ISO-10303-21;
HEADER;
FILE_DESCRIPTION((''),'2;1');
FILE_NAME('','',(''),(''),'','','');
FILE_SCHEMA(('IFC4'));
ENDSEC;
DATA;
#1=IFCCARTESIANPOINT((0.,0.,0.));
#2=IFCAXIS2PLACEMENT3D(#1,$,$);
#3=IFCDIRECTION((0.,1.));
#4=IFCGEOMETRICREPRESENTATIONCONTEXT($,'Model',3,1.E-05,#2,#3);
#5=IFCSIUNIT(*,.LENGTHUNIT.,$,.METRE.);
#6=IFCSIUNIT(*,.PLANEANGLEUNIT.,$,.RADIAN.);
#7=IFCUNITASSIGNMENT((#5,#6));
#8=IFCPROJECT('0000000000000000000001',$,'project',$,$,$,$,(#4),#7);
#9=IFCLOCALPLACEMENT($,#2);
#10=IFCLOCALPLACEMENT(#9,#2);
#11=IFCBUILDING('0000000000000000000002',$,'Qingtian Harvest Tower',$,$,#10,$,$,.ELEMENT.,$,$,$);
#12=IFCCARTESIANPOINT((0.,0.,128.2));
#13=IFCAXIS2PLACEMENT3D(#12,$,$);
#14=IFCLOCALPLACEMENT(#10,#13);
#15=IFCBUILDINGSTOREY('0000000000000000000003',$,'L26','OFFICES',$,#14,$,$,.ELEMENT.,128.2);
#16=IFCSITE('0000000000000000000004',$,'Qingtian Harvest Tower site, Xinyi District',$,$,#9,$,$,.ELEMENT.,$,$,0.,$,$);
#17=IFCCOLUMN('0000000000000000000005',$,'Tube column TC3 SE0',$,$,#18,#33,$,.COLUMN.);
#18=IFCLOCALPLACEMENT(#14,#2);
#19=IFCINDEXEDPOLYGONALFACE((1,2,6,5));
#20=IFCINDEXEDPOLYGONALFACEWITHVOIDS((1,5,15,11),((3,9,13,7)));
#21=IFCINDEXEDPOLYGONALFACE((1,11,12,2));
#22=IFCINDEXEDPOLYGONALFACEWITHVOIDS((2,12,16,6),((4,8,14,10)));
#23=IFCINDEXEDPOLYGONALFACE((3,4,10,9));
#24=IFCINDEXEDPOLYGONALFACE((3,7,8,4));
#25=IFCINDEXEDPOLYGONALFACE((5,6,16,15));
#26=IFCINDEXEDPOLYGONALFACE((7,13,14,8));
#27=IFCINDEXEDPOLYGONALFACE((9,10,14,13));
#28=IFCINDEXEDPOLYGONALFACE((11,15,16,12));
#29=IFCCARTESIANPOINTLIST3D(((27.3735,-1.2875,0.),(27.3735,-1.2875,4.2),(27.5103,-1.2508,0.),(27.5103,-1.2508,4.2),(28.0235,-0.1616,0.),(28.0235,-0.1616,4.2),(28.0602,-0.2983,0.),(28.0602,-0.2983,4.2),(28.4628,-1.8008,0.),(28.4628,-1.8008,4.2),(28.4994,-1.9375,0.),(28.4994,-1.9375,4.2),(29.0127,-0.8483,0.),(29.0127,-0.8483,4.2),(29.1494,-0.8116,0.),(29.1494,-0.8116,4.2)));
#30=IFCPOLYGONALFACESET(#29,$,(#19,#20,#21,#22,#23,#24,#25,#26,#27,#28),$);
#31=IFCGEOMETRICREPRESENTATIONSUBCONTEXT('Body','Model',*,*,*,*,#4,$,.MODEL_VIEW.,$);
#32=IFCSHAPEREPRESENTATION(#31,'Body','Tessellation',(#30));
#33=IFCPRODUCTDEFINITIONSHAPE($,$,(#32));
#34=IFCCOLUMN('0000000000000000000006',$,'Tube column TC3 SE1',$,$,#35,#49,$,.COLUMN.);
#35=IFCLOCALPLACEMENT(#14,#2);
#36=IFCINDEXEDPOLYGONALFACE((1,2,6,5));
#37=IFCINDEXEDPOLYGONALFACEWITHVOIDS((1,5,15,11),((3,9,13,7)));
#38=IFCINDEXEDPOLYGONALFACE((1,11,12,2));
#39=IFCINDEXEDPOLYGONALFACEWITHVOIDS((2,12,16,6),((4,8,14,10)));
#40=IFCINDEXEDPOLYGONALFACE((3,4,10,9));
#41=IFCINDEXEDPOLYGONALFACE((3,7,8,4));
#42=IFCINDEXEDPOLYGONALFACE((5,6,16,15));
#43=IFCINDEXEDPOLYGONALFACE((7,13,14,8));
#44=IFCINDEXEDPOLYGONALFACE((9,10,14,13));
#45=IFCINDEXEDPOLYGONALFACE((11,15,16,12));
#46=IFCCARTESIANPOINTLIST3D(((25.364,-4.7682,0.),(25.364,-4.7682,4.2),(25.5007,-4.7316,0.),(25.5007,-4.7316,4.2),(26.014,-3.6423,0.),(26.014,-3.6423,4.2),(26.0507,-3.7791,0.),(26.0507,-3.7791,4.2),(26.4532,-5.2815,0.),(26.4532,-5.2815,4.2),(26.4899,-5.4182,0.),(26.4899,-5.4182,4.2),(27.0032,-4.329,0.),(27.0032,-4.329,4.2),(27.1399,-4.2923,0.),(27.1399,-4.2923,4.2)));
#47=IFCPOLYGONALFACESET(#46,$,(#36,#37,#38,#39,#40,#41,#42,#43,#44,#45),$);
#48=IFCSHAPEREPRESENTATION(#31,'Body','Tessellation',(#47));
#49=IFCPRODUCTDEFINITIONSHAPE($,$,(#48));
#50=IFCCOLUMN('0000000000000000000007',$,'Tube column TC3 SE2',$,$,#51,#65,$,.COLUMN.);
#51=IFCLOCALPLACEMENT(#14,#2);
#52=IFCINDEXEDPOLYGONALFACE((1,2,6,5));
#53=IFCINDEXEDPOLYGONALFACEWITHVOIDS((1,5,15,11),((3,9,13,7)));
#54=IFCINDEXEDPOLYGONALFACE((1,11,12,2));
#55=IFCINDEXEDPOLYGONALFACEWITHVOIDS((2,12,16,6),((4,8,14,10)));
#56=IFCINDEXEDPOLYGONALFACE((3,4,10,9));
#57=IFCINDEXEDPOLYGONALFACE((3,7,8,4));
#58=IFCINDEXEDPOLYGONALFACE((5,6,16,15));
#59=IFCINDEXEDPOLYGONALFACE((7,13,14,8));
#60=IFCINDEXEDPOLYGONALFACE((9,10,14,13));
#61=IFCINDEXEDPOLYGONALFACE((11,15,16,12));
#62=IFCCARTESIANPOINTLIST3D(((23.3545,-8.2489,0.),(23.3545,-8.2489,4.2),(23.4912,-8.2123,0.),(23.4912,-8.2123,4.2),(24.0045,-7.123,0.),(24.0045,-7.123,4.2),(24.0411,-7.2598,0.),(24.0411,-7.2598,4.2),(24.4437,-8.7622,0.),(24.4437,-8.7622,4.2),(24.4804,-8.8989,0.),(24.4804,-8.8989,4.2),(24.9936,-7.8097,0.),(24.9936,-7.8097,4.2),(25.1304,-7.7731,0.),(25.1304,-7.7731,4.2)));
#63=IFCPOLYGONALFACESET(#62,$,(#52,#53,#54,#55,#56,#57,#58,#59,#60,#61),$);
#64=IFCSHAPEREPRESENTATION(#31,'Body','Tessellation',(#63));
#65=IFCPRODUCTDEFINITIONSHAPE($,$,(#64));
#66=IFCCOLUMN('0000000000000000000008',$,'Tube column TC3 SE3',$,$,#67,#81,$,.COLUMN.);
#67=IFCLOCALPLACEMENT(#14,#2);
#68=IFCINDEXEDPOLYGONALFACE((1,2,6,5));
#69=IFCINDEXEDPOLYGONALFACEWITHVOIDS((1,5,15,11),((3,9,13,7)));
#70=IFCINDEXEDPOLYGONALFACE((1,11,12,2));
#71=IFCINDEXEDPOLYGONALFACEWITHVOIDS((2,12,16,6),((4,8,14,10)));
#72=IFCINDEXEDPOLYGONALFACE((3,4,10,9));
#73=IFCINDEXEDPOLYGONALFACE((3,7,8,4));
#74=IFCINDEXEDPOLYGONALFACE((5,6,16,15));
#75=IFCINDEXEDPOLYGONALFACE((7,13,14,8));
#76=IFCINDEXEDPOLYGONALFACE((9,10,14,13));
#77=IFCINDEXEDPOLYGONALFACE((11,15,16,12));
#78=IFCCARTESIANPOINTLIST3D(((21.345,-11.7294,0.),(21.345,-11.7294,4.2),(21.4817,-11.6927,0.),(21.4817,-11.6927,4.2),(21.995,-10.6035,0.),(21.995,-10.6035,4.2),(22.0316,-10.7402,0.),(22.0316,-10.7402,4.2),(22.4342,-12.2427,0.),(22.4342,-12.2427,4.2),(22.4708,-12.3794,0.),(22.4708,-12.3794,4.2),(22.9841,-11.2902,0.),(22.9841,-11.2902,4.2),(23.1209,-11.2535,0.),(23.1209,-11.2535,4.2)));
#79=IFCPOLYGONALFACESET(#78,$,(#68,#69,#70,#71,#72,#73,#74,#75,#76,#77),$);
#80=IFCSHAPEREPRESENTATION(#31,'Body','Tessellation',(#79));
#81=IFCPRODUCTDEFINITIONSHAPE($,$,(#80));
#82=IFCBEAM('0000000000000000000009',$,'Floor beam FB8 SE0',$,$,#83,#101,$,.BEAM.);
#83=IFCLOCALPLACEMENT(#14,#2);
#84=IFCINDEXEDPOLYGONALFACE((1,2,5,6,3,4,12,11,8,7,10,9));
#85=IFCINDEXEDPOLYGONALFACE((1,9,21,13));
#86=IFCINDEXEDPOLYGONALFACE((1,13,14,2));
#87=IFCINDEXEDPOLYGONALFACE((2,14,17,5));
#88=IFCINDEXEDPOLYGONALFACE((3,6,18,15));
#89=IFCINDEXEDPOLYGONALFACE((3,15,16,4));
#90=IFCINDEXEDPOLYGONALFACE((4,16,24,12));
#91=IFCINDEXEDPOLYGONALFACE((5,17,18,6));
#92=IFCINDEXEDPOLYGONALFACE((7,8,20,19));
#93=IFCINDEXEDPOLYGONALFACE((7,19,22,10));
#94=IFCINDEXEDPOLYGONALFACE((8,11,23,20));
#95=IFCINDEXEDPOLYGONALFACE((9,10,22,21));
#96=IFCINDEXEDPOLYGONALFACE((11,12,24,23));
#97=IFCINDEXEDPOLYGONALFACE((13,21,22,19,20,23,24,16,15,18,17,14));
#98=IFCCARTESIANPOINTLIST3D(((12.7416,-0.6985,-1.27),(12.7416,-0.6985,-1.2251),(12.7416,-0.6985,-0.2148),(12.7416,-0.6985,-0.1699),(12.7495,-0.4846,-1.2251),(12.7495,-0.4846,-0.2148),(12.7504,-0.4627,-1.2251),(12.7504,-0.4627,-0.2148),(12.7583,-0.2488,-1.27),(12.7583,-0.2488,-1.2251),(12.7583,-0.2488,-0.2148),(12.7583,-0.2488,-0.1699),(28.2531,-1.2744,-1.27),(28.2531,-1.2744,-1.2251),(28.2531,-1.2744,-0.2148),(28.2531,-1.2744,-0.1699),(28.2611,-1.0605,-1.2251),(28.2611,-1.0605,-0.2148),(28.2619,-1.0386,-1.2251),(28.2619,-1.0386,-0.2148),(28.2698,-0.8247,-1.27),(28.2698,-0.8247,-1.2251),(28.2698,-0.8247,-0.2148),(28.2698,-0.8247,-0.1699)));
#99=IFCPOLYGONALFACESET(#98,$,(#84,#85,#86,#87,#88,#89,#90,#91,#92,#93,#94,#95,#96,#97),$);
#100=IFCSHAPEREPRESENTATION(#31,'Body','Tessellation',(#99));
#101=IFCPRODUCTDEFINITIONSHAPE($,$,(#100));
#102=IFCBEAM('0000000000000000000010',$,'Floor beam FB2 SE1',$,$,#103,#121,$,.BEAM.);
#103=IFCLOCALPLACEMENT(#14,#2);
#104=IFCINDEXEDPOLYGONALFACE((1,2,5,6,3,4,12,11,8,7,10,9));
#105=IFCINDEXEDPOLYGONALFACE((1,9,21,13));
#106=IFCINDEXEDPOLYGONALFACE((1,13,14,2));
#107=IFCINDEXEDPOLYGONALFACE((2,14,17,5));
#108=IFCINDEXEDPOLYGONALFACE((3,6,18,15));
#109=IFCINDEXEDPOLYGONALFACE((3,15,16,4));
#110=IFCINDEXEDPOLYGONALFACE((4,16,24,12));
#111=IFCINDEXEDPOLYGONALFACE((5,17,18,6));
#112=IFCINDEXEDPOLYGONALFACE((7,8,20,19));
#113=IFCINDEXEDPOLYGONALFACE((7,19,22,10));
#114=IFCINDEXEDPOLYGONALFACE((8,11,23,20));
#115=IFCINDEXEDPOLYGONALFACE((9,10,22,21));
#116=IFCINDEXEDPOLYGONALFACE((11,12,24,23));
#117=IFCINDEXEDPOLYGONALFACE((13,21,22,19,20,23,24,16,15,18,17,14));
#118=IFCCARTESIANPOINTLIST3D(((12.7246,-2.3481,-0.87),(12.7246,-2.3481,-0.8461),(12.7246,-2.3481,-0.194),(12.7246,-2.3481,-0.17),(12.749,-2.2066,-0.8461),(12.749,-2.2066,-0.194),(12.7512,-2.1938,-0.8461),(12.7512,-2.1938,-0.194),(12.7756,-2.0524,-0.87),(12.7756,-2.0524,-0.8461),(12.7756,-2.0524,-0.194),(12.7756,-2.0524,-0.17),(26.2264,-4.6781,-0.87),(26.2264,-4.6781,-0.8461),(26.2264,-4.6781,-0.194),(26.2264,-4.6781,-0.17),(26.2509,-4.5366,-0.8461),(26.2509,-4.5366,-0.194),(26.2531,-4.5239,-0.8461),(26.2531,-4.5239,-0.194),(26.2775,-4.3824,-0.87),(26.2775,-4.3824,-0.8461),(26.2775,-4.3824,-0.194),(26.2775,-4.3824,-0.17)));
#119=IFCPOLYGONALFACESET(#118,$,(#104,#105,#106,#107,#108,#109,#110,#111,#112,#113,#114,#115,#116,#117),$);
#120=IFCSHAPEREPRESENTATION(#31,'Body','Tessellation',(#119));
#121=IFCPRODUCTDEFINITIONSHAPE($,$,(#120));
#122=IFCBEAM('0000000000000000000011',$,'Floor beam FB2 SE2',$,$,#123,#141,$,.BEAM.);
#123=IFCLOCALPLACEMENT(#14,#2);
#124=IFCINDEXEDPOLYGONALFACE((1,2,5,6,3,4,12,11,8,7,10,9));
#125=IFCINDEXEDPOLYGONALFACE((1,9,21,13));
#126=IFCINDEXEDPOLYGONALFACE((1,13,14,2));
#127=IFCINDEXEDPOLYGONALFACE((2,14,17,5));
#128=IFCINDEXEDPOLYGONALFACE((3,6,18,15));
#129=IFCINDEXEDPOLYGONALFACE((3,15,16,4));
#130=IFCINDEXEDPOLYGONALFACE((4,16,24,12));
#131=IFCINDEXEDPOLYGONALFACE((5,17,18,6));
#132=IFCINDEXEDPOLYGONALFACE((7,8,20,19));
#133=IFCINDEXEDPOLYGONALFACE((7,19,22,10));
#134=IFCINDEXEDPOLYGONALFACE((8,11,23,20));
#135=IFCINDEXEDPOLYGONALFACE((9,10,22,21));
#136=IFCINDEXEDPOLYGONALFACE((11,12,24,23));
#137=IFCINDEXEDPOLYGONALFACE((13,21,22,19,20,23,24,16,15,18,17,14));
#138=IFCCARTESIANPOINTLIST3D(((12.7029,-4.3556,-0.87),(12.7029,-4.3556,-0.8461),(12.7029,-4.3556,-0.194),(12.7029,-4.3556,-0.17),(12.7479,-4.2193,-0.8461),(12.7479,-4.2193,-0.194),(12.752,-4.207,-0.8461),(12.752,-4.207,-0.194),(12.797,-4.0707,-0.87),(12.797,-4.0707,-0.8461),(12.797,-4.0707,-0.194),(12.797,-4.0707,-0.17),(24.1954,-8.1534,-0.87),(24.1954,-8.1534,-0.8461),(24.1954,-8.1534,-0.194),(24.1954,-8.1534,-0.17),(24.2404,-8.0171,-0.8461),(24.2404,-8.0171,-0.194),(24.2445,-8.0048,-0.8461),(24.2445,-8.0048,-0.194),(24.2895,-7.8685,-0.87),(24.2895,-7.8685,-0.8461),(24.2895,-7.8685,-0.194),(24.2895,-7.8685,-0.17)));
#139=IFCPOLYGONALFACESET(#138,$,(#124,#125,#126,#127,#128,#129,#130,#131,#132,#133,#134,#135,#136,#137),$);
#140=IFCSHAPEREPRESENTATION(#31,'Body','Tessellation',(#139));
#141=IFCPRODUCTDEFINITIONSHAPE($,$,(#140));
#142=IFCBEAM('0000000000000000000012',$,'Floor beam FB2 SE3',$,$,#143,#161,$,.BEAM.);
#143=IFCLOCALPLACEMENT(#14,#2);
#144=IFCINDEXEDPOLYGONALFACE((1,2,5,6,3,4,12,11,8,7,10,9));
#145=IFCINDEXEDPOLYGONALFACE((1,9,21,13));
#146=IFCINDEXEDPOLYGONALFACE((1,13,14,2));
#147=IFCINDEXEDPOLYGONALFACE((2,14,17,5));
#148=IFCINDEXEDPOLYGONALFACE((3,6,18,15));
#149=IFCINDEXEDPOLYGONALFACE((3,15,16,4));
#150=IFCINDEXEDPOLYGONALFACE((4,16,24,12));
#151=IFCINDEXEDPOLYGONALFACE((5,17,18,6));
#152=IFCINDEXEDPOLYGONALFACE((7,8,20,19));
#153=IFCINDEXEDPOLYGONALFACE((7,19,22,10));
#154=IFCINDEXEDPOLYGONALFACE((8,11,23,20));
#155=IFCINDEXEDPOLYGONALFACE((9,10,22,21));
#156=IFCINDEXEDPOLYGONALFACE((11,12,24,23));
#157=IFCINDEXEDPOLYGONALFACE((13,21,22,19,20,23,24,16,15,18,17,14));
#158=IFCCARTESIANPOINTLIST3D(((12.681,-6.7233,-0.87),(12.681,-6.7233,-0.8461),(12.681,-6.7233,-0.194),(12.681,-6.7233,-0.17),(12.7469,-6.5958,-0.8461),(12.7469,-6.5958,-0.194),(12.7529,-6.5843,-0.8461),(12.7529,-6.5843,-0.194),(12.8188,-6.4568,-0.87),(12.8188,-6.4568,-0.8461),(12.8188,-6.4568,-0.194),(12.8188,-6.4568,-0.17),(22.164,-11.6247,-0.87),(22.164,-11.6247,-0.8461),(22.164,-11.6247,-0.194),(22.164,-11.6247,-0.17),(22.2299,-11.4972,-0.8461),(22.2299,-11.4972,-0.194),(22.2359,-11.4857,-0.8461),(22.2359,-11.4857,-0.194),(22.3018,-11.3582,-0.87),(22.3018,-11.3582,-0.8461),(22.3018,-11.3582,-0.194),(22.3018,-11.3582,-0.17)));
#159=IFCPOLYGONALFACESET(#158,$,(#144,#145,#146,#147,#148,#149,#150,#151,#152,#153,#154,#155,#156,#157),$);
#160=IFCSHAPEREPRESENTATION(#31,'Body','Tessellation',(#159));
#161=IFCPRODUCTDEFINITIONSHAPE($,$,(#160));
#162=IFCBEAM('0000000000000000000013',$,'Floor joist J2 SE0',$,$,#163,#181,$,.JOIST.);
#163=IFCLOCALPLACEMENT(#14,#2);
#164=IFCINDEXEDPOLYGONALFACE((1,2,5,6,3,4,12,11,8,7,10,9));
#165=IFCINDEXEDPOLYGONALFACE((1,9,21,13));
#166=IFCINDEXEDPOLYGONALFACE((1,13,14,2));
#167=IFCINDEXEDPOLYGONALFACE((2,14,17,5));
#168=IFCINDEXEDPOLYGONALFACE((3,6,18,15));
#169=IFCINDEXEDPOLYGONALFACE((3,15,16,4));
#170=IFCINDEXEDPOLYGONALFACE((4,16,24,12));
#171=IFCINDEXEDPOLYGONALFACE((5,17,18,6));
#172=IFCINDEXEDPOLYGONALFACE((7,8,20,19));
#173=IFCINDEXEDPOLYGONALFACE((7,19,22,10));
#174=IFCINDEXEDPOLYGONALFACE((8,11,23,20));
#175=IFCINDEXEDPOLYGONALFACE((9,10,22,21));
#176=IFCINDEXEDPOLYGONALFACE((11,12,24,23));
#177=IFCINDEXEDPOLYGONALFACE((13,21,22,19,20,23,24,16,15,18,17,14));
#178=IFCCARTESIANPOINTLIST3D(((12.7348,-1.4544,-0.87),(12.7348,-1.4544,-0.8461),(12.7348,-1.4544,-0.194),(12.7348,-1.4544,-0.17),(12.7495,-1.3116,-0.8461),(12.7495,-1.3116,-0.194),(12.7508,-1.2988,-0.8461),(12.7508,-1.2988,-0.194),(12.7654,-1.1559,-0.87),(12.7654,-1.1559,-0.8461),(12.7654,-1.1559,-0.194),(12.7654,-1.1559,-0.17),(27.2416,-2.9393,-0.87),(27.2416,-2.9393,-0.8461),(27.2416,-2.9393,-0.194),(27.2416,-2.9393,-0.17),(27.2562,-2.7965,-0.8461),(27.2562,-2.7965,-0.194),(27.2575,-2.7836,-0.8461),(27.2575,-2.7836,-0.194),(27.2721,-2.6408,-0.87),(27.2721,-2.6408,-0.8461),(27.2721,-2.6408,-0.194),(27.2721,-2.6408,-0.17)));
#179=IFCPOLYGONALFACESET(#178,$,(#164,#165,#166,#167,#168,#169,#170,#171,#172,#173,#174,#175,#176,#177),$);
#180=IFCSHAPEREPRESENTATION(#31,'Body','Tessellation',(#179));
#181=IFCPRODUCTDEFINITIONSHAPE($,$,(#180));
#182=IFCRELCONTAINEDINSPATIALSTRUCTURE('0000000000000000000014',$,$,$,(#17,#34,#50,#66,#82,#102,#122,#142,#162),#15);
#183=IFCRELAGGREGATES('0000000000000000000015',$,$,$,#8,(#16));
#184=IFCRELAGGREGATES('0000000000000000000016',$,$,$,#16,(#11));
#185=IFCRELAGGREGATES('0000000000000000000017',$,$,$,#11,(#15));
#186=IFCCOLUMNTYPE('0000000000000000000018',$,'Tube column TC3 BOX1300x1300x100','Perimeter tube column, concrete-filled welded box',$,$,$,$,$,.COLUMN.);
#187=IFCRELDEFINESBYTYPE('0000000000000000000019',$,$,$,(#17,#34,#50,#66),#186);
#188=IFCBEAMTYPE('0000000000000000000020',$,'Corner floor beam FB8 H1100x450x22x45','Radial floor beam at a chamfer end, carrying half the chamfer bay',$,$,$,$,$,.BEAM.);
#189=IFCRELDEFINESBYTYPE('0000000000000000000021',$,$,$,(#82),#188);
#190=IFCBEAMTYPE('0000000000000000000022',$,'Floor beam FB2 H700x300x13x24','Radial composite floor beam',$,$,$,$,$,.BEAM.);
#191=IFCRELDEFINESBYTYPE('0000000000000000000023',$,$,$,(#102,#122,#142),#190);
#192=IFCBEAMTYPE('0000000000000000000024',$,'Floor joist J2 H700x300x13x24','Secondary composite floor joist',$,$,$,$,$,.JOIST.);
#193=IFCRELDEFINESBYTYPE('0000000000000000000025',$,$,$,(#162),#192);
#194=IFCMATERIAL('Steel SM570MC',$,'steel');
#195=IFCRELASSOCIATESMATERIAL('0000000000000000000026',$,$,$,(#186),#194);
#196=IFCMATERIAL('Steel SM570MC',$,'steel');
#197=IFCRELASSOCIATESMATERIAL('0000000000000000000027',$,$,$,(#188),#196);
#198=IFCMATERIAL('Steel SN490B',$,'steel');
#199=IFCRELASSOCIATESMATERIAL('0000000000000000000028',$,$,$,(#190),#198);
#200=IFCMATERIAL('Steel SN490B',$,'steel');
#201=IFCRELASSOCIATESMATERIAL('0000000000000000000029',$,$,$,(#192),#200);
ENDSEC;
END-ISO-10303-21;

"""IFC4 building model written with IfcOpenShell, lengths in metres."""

from ifc_helpers import new_model, si_unit, direction, frame, origin, origin_2d, place, context, subcontext, project, spatial, hollow_rectangle, i_section, extrude, material, material_profile, profile_set, type_object, element, save


model = new_model("IFC4")

# Units and contexts
model_context = context("Model", 3, precision=1e-05, world=origin(), true_north=direction((0.0, 1.0)))
body_context = subcontext(model_context, "Body", "Model", "MODEL_VIEW")
ifc_project = project(units=[si_unit("LENGTHUNIT", "METRE"), si_unit("PLANEANGLEUNIT", "RADIAN")], contexts=[model_context])

# Site, building, storey
site_placement = place(None, origin())
site = spatial("IfcSite", under=ifc_project, at=site_placement, Name="Qingtian Harvest Tower site, Xinyi District", CompositionType="ELEMENT", RefElevation=0.0)
building_placement = place(site_placement, origin())
building = spatial("IfcBuilding", under=site, at=building_placement, Name="Qingtian Harvest Tower", CompositionType="ELEMENT")
storey_placement = place(building_placement, frame((0.0, 0.0, 128.2)))
storey = spatial("IfcBuildingStorey", under=building, at=storey_placement, Name="L26", Description="OFFICES", CompositionType="ELEMENT", Elevation=128.2)

# Columns
ifc_material_1 = material(Name="Steel SM570MC", Category="steel")
ifc_material_profile_1 = material_profile(ifc_material_1, hollow_rectangle(XDim=1.3, YDim=1.3, WallThickness=0.1001, at=origin_2d()), Name="BOX1300x1300x100")
ifc_profile_set_1 = profile_set([ifc_material_profile_1], Name="Steel SM570MC")
column_type = type_object("IfcColumnType", Name="Tube column TC3 BOX1300x1300x100", Description="Perimeter tube column, concrete-filled welded box", PredefinedType="COLUMN", material=ifc_profile_set_1)
for number, where, z_axis, x_axis, name in (
    (1, (28.2615, -1.0496, 0.0), (0.0, 0.0, 1.0), (0.5, 0.866025, 0.0), "Tube column TC3 SE0"),
    (2, (26.252, -4.5303, 0.0), (0.0, 0.0, 1.0), (0.5, 0.866025, 0.0), "Tube column TC3 SE1"),
    (3, (24.2424, -8.011, 0.0), (0.0, 0.0, 1.0), (0.5, 0.866025, 0.0), "Tube column TC3 SE2"),
    (4, (22.2329, -11.4915, 0.0), (0.0, 0.0, 1.0), (0.5, 0.866025, 0.0), "Tube column TC3 SE3"),
):
    element("IfcColumn", number, at=place(storey_placement, frame(where, z_axis=z_axis, x_axis=x_axis)), inside=storey, type_object=column_type, Name=name, PredefinedType="COLUMN", context=body_context, shape_type="SweptSolid", body=[
        extrude(hollow_rectangle(XDim=1.3, YDim=1.3, WallThickness=0.1001, at=origin_2d()), origin(), (0.0, 0.0, 1.0), 4.2),
    ])

# Beams
ifc_material_2 = material(Name="Steel SM570MC", Category="steel")
ifc_material_profile_2 = material_profile(ifc_material_2, i_section(OverallWidth=0.45, OverallDepth=1.1001, WebThickness=0.022, FlangeThickness=0.0449, at=origin_2d()), Name="H1100x450x22x45")
ifc_profile_set_2 = profile_set([ifc_material_profile_2], Name="Steel SM570MC")
beam_type_1 = type_object("IfcBeamType", Name="Corner floor beam FB8 H1100x450x22x45", Description="Radial floor beam at a chamfer end, carrying half the chamfer bay", PredefinedType="BEAM", material=ifc_profile_set_2)
beam_1_placement = place(storey_placement, frame((28.2615, -1.0496, -0.72), z_axis=(-0.999311, 0.037104, 0.0), x_axis=(-0.037104, -0.999311, 0.0)))
element("IfcBeam", 5, at=beam_1_placement, inside=storey, type_object=beam_type_1, Name="Floor beam FB8 SE0", PredefinedType="BEAM", context=body_context, shape_type="SweptSolid", body=[
    extrude(i_section(OverallWidth=0.45, OverallDepth=1.1001, WebThickness=0.022, FlangeThickness=0.0449, at=origin_2d()), origin(), (0.0, 0.0, 1.0), 15.5222),
])
ifc_material_3 = material(Name="Steel SN490B", Category="steel")
ifc_material_profile_3 = material_profile(ifc_material_3, i_section(OverallWidth=0.3, OverallDepth=0.7, WebThickness=0.0129, FlangeThickness=0.0239, at=origin_2d()), Name="H700x300x13x24")
ifc_profile_set_3 = profile_set([ifc_material_profile_3], Name="Steel SN490B")
beam_type_2 = type_object("IfcBeamType", Name="Floor beam FB2 H700x300x13x24", Description="Radial composite floor beam", PredefinedType="BEAM", material=ifc_profile_set_3)
beam_2_placement = place(storey_placement, frame((26.252, -4.5303, -0.52), z_axis=(-0.985434, 0.17006, 0.0), x_axis=(-0.17006, -0.985434, 0.0)))
element("IfcBeam", 6, at=beam_2_placement, inside=storey, type_object=beam_type_2, Name="Floor beam FB2 SE1", PredefinedType="BEAM", context=body_context, shape_type="SweptSolid", body=[
    extrude(i_section(OverallWidth=0.3, OverallDepth=0.7, WebThickness=0.0129, FlangeThickness=0.0239, at=origin_2d()), origin(), (0.0, 0.0, 1.0), 13.7014),
])
beam_3_placement = place(storey_placement, frame((24.2424, -8.011, -0.52), z_axis=(-0.949497, 0.313776, 0.0), x_axis=(-0.313776, -0.949497, 0.0)))
element("IfcBeam", 7, at=beam_3_placement, inside=storey, type_object=beam_type_2, Name="Floor beam FB2 SE2", PredefinedType="BEAM", context=body_context, shape_type="SweptSolid", body=[
    extrude(i_section(OverallWidth=0.3, OverallDepth=0.7, WebThickness=0.0129, FlangeThickness=0.0239, at=origin_2d()), origin(), (0.0, 0.0, 1.0), 12.1038),
])
beam_4_placement = place(storey_placement, frame((22.2329, -11.4915, -0.52), z_axis=(-0.888355, 0.459158, 0.0), x_axis=(-0.459158, -0.888355, 0.0)))
element("IfcBeam", 8, at=beam_4_placement, inside=storey, type_object=beam_type_2, Name="Floor beam FB2 SE3", PredefinedType="BEAM", context=body_context, shape_type="SweptSolid", body=[
    extrude(i_section(OverallWidth=0.3, OverallDepth=0.7, WebThickness=0.0129, FlangeThickness=0.0239, at=origin_2d()), origin(), (0.0, 0.0, 1.0), 10.6748),
])
ifc_material_4 = material(Name="Steel SN490B", Category="steel")
ifc_material_profile_4 = material_profile(ifc_material_4, i_section(OverallWidth=0.3, OverallDepth=0.7, WebThickness=0.0129, FlangeThickness=0.0239, at=origin_2d()), Name="H700x300x13x24")
ifc_profile_set_4 = profile_set([ifc_material_profile_4], Name="Steel SN490B")
beam_type_3 = type_object("IfcBeamType", Name="Floor joist J2 H700x300x13x24", Description="Secondary composite floor joist", PredefinedType="JOIST", material=ifc_profile_set_4)
beam_5_placement = place(storey_placement, frame((27.2568, -2.79, -0.52), z_axis=(-0.994802, 0.101824, 0.0), x_axis=(-0.101824, -0.994802, 0.0)))
element("IfcBeam", 9, at=beam_5_placement, inside=storey, type_object=beam_type_3, Name="Floor joist J2 SE0", PredefinedType="JOIST", context=body_context, shape_type="SweptSolid", body=[
    extrude(i_section(OverallWidth=0.3, OverallDepth=0.7, WebThickness=0.0129, FlangeThickness=0.0239, at=origin_2d()), origin(), (0.0, 0.0, 1.0), 14.5825),
])

save(model, "model.ifc")
